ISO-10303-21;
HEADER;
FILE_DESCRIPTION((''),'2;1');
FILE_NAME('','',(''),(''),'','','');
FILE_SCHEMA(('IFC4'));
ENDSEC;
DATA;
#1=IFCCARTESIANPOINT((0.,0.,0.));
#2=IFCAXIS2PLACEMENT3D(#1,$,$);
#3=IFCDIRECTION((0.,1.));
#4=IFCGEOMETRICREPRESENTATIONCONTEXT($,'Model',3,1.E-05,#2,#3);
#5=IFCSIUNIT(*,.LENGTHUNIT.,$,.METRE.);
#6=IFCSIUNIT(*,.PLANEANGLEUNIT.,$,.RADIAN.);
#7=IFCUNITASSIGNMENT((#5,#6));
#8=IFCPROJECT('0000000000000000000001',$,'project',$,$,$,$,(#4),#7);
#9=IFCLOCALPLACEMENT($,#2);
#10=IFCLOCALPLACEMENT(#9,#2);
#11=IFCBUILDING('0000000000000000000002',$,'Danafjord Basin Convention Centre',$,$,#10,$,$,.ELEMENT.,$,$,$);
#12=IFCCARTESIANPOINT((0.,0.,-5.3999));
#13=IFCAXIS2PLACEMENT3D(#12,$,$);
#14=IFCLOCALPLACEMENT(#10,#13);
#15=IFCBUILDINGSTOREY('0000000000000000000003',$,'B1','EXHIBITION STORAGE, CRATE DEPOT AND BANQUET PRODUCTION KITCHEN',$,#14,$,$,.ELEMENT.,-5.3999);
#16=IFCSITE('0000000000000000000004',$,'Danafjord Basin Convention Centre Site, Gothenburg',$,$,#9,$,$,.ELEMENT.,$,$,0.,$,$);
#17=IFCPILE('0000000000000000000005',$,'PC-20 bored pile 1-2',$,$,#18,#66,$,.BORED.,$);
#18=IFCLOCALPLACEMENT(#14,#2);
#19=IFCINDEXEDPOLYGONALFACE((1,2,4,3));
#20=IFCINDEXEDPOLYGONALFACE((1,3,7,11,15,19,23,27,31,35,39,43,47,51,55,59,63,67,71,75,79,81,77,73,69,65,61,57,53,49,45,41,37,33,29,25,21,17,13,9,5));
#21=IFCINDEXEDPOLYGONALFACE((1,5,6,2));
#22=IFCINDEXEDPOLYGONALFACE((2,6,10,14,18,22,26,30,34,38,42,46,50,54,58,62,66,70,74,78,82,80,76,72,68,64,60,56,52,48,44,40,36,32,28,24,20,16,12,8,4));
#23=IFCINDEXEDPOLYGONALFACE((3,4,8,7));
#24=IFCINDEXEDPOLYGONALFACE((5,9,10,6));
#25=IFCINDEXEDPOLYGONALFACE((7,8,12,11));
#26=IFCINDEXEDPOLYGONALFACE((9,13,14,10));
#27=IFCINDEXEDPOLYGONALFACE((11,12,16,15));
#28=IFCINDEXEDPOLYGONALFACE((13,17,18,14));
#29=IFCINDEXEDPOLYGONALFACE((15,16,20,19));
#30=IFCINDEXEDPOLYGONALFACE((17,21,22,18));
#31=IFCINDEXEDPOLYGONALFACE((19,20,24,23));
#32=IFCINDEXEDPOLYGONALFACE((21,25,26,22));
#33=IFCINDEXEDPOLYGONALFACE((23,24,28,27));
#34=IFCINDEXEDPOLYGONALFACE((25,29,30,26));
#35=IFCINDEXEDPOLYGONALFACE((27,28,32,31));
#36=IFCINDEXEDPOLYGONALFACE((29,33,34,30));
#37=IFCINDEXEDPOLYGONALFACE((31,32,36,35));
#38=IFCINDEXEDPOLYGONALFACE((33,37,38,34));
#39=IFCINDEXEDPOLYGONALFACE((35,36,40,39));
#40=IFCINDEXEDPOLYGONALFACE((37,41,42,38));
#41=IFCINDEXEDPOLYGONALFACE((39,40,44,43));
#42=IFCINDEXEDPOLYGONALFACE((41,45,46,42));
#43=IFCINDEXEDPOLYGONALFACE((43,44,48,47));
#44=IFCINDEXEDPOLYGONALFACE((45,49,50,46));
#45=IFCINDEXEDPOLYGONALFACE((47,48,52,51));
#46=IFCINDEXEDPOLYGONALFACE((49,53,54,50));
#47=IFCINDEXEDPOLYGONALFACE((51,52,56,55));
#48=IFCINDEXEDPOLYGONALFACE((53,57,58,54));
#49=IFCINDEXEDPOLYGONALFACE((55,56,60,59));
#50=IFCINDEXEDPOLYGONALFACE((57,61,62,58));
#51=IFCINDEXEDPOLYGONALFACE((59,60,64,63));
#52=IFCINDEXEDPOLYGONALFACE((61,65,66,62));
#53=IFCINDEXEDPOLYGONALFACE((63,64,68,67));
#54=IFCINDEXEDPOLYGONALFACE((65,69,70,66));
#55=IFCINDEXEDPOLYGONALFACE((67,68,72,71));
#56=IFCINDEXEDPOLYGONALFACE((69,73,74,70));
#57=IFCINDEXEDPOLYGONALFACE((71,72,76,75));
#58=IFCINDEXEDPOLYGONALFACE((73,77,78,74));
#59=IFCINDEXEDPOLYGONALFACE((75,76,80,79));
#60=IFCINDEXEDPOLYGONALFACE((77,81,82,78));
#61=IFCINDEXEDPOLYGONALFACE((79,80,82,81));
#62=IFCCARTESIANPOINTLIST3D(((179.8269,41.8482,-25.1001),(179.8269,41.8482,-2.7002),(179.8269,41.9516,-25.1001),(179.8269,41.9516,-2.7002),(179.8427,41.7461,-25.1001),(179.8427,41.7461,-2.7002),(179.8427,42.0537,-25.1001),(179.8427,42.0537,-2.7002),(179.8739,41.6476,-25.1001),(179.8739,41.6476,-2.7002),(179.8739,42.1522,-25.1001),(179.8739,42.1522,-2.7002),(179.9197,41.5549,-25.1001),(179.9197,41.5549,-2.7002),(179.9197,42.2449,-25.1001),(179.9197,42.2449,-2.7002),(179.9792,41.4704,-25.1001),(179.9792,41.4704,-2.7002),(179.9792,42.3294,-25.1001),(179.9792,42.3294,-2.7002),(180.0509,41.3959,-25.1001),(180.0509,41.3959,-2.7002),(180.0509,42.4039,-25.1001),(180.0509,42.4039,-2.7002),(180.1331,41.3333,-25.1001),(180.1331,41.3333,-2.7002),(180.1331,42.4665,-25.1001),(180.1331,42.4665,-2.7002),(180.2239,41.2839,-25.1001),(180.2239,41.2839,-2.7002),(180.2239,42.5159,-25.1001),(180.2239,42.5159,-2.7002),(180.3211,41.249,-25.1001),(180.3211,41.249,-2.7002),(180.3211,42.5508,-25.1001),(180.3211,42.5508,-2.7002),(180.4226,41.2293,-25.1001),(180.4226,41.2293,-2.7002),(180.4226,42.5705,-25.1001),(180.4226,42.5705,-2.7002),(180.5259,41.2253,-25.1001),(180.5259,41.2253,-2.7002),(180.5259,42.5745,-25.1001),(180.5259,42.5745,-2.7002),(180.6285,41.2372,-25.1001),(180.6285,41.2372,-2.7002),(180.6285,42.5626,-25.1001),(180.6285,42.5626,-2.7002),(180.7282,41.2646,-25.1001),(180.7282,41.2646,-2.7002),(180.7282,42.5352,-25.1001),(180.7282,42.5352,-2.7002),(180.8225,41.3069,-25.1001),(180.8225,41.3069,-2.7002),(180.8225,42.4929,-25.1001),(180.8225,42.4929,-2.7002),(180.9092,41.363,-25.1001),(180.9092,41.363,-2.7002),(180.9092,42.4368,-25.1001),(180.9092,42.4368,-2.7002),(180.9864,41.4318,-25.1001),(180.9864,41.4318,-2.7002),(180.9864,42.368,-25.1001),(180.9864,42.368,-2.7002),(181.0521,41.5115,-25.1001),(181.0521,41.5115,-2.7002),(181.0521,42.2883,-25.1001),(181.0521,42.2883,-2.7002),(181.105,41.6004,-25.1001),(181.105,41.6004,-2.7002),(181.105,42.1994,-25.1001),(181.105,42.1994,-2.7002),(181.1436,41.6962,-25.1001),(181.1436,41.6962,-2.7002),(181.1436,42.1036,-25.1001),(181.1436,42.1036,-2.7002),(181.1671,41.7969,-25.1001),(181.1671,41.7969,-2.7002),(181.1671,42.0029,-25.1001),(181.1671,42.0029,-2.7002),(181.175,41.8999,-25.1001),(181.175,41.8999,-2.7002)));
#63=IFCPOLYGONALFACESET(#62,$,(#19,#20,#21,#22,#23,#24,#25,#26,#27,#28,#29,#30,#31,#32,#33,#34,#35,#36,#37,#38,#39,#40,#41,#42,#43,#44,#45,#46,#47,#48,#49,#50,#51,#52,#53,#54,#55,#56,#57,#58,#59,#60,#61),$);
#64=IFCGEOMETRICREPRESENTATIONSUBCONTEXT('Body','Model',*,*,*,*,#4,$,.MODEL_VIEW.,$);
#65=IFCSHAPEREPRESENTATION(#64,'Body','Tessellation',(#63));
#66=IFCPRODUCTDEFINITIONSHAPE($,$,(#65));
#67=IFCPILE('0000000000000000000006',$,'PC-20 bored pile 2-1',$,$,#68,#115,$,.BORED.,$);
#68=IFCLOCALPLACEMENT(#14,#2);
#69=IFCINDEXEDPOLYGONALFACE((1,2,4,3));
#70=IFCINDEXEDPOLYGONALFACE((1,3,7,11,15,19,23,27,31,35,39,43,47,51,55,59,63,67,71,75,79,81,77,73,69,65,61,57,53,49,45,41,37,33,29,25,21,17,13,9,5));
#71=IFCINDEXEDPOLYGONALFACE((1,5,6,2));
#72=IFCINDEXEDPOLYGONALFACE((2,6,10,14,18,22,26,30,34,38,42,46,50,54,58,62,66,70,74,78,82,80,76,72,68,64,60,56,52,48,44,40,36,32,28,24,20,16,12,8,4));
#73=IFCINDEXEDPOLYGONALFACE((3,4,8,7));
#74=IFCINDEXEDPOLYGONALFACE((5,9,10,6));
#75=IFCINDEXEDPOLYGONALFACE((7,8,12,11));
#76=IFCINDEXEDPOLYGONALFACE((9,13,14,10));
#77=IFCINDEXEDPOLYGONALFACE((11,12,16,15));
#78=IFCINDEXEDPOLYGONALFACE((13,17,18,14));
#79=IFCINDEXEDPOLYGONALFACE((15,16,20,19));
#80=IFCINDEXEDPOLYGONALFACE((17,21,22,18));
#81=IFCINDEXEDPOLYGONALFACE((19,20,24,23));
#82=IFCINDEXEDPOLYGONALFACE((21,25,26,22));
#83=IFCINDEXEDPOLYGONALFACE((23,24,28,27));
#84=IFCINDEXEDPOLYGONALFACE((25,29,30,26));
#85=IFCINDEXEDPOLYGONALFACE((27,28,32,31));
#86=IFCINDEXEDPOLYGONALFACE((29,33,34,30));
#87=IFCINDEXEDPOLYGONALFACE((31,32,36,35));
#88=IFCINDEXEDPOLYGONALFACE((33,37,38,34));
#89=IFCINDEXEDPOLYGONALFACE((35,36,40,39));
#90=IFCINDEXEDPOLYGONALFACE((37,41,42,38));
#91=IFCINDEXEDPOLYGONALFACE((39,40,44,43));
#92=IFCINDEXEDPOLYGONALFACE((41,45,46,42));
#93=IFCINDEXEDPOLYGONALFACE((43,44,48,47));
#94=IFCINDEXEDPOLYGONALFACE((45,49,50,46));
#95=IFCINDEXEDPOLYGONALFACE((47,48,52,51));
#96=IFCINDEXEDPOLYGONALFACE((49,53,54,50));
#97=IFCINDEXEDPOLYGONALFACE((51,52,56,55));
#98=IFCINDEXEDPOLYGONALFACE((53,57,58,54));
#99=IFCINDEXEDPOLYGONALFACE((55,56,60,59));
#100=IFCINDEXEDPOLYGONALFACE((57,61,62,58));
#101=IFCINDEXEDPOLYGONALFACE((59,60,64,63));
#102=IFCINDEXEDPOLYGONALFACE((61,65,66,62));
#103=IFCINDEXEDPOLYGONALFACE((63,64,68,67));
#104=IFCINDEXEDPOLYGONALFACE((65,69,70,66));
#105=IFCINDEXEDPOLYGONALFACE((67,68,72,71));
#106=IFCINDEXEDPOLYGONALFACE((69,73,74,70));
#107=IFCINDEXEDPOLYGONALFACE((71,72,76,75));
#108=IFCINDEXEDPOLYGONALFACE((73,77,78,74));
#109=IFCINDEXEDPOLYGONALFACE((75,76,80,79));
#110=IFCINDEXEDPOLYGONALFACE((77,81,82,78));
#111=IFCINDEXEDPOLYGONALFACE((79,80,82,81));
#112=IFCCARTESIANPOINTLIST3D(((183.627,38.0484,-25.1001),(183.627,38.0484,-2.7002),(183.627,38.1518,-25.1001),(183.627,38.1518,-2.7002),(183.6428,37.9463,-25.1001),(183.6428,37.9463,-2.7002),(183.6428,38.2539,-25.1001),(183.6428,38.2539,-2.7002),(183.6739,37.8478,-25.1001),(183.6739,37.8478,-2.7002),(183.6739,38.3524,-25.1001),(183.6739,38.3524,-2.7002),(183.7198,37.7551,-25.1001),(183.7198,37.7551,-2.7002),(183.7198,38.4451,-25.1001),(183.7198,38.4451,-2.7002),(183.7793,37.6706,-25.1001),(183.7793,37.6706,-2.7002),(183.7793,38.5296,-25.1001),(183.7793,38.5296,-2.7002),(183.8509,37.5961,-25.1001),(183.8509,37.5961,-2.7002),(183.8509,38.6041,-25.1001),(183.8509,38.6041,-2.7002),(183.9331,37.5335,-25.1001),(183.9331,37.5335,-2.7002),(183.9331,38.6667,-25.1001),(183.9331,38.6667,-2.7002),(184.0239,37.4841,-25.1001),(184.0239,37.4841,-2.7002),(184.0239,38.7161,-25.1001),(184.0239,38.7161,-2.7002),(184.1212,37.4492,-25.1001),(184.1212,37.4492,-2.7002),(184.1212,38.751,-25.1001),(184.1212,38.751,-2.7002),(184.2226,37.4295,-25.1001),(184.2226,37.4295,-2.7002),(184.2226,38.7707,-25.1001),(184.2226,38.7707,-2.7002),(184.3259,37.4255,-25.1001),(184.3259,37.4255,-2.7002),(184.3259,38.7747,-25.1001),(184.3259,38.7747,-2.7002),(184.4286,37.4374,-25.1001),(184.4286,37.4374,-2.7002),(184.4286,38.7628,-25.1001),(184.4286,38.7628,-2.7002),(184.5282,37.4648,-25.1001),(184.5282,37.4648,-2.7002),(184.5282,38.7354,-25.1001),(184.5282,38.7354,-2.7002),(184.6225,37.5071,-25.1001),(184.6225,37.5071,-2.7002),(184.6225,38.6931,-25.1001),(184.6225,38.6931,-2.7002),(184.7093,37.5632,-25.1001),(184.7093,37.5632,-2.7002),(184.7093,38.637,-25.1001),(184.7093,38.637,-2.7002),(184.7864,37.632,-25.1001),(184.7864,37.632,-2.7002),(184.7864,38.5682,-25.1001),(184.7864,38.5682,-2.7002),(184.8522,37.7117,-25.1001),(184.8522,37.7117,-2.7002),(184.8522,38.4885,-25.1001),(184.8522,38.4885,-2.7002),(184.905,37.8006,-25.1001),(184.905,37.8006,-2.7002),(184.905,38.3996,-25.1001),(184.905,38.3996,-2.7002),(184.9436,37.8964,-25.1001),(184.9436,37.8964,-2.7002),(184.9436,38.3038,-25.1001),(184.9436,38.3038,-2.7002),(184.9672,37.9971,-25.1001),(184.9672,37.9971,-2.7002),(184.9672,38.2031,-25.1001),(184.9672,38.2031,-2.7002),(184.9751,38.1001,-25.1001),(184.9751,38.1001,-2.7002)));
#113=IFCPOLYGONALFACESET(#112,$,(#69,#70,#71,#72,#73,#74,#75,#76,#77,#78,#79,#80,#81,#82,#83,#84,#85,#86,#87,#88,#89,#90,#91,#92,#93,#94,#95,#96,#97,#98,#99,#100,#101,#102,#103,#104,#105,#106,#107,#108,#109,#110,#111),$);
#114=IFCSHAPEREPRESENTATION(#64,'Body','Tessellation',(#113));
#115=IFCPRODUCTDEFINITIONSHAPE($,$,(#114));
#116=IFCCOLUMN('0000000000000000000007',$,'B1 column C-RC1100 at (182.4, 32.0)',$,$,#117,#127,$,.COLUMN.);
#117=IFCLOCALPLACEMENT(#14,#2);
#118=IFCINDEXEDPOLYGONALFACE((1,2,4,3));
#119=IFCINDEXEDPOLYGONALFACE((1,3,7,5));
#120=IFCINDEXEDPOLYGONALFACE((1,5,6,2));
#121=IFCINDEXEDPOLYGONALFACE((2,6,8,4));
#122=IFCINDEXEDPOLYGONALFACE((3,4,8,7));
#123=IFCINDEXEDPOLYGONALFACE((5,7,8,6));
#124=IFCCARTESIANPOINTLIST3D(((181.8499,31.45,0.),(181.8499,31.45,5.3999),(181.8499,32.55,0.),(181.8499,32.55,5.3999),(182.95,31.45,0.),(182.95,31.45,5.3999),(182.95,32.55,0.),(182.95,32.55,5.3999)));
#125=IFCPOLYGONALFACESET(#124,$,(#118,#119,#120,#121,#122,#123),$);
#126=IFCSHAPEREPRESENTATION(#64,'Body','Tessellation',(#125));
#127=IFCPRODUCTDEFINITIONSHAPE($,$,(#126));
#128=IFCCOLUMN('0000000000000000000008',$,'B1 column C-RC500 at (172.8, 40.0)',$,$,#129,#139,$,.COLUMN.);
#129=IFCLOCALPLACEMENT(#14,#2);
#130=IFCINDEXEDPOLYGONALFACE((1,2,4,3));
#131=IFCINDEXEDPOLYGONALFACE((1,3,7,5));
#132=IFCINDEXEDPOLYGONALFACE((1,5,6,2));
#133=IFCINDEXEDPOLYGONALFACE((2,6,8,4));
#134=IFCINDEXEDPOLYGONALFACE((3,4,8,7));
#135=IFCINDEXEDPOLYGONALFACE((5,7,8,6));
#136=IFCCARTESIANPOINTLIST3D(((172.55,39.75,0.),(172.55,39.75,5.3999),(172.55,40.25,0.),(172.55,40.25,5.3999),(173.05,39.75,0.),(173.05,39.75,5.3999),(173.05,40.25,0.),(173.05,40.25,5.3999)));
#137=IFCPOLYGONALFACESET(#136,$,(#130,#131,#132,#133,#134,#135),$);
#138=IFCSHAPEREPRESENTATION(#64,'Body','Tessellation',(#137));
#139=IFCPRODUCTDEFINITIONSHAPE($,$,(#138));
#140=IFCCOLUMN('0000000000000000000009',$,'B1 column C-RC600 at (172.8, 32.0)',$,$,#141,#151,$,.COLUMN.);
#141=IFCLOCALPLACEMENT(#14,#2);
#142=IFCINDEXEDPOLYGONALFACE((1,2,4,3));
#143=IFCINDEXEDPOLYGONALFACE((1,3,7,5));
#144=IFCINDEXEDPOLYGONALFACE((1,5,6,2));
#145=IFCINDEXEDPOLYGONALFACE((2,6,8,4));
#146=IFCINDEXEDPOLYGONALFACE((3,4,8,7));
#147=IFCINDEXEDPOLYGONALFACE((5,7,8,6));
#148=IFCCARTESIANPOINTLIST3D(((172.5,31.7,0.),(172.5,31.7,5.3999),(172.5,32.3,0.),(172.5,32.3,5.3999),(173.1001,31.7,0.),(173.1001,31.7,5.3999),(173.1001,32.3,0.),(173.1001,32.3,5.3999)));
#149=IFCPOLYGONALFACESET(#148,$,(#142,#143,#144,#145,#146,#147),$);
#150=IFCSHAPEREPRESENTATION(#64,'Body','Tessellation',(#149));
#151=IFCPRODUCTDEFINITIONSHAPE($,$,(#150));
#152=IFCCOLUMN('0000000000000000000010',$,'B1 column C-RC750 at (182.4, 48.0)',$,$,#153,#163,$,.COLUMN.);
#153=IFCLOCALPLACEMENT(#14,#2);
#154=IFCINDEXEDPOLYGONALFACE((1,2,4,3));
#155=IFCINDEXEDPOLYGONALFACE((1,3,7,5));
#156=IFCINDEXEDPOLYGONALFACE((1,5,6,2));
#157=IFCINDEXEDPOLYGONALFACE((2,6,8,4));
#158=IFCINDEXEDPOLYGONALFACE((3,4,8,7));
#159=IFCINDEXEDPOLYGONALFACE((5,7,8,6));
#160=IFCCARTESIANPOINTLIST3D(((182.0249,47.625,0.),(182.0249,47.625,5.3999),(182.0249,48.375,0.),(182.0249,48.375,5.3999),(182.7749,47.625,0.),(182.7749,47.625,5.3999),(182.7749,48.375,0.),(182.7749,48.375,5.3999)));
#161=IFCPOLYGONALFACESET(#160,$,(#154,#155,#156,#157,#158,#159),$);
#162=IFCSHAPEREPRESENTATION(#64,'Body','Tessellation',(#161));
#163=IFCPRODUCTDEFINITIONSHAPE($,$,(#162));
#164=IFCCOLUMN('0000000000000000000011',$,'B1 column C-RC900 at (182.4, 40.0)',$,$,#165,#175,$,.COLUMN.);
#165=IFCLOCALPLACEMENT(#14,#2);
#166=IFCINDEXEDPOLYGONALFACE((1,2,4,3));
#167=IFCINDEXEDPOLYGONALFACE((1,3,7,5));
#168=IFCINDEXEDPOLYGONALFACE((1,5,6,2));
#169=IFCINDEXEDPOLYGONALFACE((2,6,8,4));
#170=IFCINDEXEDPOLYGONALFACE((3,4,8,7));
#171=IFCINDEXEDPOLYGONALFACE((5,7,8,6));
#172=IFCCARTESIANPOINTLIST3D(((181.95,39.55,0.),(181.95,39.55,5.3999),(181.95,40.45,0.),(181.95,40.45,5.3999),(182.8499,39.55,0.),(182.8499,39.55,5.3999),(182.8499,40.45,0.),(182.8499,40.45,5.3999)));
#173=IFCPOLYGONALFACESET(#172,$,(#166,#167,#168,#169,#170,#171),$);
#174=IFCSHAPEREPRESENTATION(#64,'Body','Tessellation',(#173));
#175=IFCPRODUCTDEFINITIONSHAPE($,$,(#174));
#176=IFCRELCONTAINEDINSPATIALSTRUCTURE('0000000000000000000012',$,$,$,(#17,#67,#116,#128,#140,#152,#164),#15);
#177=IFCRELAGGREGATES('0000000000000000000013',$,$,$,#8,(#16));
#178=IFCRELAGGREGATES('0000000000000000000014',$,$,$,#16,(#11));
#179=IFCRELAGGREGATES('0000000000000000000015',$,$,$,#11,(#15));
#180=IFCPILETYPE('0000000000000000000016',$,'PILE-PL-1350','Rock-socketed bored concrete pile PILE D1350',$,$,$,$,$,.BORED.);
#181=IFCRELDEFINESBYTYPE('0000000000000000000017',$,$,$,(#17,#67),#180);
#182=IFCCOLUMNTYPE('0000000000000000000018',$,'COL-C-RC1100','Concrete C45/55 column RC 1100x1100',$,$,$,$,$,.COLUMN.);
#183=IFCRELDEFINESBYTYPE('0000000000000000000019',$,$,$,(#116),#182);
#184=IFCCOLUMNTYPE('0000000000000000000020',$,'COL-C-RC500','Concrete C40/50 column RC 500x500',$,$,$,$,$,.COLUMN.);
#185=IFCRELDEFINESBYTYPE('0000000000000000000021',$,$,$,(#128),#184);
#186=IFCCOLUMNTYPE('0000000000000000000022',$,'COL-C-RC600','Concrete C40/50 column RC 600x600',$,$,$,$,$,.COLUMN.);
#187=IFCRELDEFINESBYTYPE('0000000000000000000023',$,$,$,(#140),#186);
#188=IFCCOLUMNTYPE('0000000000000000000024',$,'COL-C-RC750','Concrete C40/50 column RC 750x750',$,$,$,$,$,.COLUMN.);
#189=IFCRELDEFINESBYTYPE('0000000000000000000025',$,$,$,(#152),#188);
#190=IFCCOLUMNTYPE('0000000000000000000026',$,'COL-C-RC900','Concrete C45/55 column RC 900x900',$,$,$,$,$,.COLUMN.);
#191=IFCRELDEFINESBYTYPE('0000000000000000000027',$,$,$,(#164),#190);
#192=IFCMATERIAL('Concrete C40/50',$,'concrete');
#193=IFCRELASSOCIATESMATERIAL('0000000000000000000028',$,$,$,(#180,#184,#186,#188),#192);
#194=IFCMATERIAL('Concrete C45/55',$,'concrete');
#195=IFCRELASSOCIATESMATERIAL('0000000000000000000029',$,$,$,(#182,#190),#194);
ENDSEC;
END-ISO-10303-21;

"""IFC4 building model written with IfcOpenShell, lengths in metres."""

from ifc_helpers import new_model, si_unit, direction, frame, origin, origin_2d, place, context, subcontext, project, spatial, rectangle, circle, extrude, material, material_profile, profile_set, type_object, element, save


model = new_model("IFC4")

# Units and contexts
model_context = context("Model", 3, precision=1e-05, world=origin(), true_north=direction((0.0, 1.0)))
body_context = subcontext(model_context, "Body", "Model", "MODEL_VIEW")
ifc_project = project(units=[si_unit("LENGTHUNIT", "METRE"), si_unit("PLANEANGLEUNIT", "RADIAN")], contexts=[model_context])

# Site, building, storey
site_placement = place(None, origin())
site = spatial("IfcSite", under=ifc_project, at=site_placement, Name="Danafjord Basin Convention Centre Site, Gothenburg", CompositionType="ELEMENT", RefElevation=0.0)
building_placement = place(site_placement, origin())
building = spatial("IfcBuilding", under=site, at=building_placement, Name="Danafjord Basin Convention Centre", CompositionType="ELEMENT")
storey_placement = place(building_placement, frame((0.0, 0.0, -5.3999)))
storey = spatial("IfcBuildingStorey", under=building, at=storey_placement, Name="B1", Description="EXHIBITION STORAGE, CRATE DEPOT AND BANQUET PRODUCTION KITCHEN", CompositionType="ELEMENT", Elevation=-5.3999)

# Shared definitions
ifc_material_1 = material(Name="Concrete C40/50", Category="concrete")

# Piles
ifc_material_profile_1 = material_profile(ifc_material_1, circle(Radius=0.675, at=origin_2d()), Name="PILE D1350")
ifc_profile_set_1 = profile_set([ifc_material_profile_1], Name="Concrete C40/50")
pile_type_1 = type_object("IfcPileType", Name="PILE-PL-1350", Description="Rock-socketed bored concrete pile PILE D1350", PredefinedType="BORED", material=ifc_profile_set_1)
for number, where, z_axis, x_axis, name in (
    (1, (180.5, 41.8999, -2.7002), (0.0, 0.0, -1.0), (1.0, 0.0, 0.0), "PC-20 bored pile 1-2"),
    (2, (184.3, 38.1001, -2.7002), (0.0, 0.0, -1.0), (1.0, 0.0, 0.0), "PC-20 bored pile 2-1"),
):
    element("IfcPile", number, at=place(storey_placement, frame(where, z_axis=z_axis, x_axis=x_axis)), inside=storey, type_object=pile_type_1, Name=name, PredefinedType="BORED", context=body_context, shape_type="SweptSolid", body=[
        extrude(circle(Radius=0.675, at=origin_2d()), origin(), (0.0, 0.0, 1.0), 22.3999),
    ])

# Columns
ifc_material_2 = material(Name="Concrete C45/55", Category="concrete")
ifc_material_profile_2 = material_profile(ifc_material_2, rectangle(XDim=1.1001, YDim=1.1001, at=origin_2d()), Name="RC 1100x1100")
ifc_profile_set_2 = profile_set([ifc_material_profile_2], Name="Concrete C45/55")
column_type_1 = type_object("IfcColumnType", Name="COL-C-RC1100", Description="Concrete C45/55 column RC 1100x1100", PredefinedType="COLUMN", material=ifc_profile_set_2)
column_1_placement = place(storey_placement, frame((182.3999, 32.0, 0.0), z_axis=(0.0, 0.0, 1.0), x_axis=(1.0, 0.0, 0.0)))
element("IfcColumn", 3, at=column_1_placement, inside=storey, type_object=column_type_1, Name="B1 column C-RC1100 at (182.4, 32.0)", PredefinedType="COLUMN", context=body_context, shape_type="SweptSolid", body=[
    extrude(rectangle(XDim=1.1001, YDim=1.1001, at=origin_2d()), origin(), (0.0, 0.0, 1.0), 5.3999),
])
ifc_material_profile_3 = material_profile(ifc_material_1, rectangle(XDim=0.5, YDim=0.5, at=origin_2d()), Name="RC 500x500")
ifc_profile_set_3 = profile_set([ifc_material_profile_3], Name="Concrete C40/50")
column_type_2 = type_object("IfcColumnType", Name="COL-C-RC500", Description="Concrete C40/50 column RC 500x500", PredefinedType="COLUMN", material=ifc_profile_set_3)
column_2_placement = place(storey_placement, frame((172.8, 40.0, 0.0), z_axis=(0.0, 0.0, 1.0), x_axis=(1.0, 0.0, 0.0)))
element("IfcColumn", 4, at=column_2_placement, inside=storey, type_object=column_type_2, Name="B1 column C-RC500 at (172.8, 40.0)", PredefinedType="COLUMN", context=body_context, shape_type="SweptSolid", body=[
    extrude(rectangle(XDim=0.5, YDim=0.5, at=origin_2d()), origin(), (0.0, 0.0, 1.0), 5.3999),
])
ifc_material_profile_4 = material_profile(ifc_material_1, rectangle(XDim=0.6001, YDim=0.6001, at=origin_2d()), Name="RC 600x600")
ifc_profile_set_4 = profile_set([ifc_material_profile_4], Name="Concrete C40/50")
column_type_3 = type_object("IfcColumnType", Name="COL-C-RC600", Description="Concrete C40/50 column RC 600x600", PredefinedType="COLUMN", material=ifc_profile_set_4)
column_3_placement = place(storey_placement, frame((172.8, 32.0, 0.0), z_axis=(0.0, 0.0, 1.0), x_axis=(1.0, 0.0, 0.0)))
element("IfcColumn", 5, at=column_3_placement, inside=storey, type_object=column_type_3, Name="B1 column C-RC600 at (172.8, 32.0)", PredefinedType="COLUMN", context=body_context, shape_type="SweptSolid", body=[
    extrude(rectangle(XDim=0.6001, YDim=0.6001, at=origin_2d()), origin(), (0.0, 0.0, 1.0), 5.3999),
])
ifc_material_profile_5 = material_profile(ifc_material_1, rectangle(XDim=0.75, YDim=0.75, at=origin_2d()), Name="RC 750x750")
ifc_profile_set_5 = profile_set([ifc_material_profile_5], Name="Concrete C40/50")
column_type_4 = type_object("IfcColumnType", Name="COL-C-RC750", Description="Concrete C40/50 column RC 750x750", PredefinedType="COLUMN", material=ifc_profile_set_5)
column_4_placement = place(storey_placement, frame((182.3999, 48.0, 0.0), z_axis=(0.0, 0.0, 1.0), x_axis=(1.0, 0.0, 0.0)))
element("IfcColumn", 6, at=column_4_placement, inside=storey, type_object=column_type_4, Name="B1 column C-RC750 at (182.4, 48.0)", PredefinedType="COLUMN", context=body_context, shape_type="SweptSolid", body=[
    extrude(rectangle(XDim=0.75, YDim=0.75, at=origin_2d()), origin(), (0.0, 0.0, 1.0), 5.3999),
])
ifc_material_profile_6 = material_profile(ifc_material_2, rectangle(XDim=0.8999, YDim=0.8999, at=origin_2d()), Name="RC 900x900")
ifc_profile_set_6 = profile_set([ifc_material_profile_6], Name="Concrete C45/55")
column_type_5 = type_object("IfcColumnType", Name="COL-C-RC900", Description="Concrete C45/55 column RC 900x900", PredefinedType="COLUMN", material=ifc_profile_set_6)
column_5_placement = place(storey_placement, frame((182.3999, 40.0, 0.0), z_axis=(0.0, 0.0, 1.0), x_axis=(1.0, 0.0, 0.0)))
element("IfcColumn", 7, at=column_5_placement, inside=storey, type_object=column_type_5, Name="B1 column C-RC900 at (182.4, 40.0)", PredefinedType="COLUMN", context=body_context, shape_type="SweptSolid", body=[
    extrude(rectangle(XDim=0.8999, YDim=0.8999, at=origin_2d()), origin(), (0.0, 0.0, 1.0), 5.3999),
])

save(model, "model.ifc")
